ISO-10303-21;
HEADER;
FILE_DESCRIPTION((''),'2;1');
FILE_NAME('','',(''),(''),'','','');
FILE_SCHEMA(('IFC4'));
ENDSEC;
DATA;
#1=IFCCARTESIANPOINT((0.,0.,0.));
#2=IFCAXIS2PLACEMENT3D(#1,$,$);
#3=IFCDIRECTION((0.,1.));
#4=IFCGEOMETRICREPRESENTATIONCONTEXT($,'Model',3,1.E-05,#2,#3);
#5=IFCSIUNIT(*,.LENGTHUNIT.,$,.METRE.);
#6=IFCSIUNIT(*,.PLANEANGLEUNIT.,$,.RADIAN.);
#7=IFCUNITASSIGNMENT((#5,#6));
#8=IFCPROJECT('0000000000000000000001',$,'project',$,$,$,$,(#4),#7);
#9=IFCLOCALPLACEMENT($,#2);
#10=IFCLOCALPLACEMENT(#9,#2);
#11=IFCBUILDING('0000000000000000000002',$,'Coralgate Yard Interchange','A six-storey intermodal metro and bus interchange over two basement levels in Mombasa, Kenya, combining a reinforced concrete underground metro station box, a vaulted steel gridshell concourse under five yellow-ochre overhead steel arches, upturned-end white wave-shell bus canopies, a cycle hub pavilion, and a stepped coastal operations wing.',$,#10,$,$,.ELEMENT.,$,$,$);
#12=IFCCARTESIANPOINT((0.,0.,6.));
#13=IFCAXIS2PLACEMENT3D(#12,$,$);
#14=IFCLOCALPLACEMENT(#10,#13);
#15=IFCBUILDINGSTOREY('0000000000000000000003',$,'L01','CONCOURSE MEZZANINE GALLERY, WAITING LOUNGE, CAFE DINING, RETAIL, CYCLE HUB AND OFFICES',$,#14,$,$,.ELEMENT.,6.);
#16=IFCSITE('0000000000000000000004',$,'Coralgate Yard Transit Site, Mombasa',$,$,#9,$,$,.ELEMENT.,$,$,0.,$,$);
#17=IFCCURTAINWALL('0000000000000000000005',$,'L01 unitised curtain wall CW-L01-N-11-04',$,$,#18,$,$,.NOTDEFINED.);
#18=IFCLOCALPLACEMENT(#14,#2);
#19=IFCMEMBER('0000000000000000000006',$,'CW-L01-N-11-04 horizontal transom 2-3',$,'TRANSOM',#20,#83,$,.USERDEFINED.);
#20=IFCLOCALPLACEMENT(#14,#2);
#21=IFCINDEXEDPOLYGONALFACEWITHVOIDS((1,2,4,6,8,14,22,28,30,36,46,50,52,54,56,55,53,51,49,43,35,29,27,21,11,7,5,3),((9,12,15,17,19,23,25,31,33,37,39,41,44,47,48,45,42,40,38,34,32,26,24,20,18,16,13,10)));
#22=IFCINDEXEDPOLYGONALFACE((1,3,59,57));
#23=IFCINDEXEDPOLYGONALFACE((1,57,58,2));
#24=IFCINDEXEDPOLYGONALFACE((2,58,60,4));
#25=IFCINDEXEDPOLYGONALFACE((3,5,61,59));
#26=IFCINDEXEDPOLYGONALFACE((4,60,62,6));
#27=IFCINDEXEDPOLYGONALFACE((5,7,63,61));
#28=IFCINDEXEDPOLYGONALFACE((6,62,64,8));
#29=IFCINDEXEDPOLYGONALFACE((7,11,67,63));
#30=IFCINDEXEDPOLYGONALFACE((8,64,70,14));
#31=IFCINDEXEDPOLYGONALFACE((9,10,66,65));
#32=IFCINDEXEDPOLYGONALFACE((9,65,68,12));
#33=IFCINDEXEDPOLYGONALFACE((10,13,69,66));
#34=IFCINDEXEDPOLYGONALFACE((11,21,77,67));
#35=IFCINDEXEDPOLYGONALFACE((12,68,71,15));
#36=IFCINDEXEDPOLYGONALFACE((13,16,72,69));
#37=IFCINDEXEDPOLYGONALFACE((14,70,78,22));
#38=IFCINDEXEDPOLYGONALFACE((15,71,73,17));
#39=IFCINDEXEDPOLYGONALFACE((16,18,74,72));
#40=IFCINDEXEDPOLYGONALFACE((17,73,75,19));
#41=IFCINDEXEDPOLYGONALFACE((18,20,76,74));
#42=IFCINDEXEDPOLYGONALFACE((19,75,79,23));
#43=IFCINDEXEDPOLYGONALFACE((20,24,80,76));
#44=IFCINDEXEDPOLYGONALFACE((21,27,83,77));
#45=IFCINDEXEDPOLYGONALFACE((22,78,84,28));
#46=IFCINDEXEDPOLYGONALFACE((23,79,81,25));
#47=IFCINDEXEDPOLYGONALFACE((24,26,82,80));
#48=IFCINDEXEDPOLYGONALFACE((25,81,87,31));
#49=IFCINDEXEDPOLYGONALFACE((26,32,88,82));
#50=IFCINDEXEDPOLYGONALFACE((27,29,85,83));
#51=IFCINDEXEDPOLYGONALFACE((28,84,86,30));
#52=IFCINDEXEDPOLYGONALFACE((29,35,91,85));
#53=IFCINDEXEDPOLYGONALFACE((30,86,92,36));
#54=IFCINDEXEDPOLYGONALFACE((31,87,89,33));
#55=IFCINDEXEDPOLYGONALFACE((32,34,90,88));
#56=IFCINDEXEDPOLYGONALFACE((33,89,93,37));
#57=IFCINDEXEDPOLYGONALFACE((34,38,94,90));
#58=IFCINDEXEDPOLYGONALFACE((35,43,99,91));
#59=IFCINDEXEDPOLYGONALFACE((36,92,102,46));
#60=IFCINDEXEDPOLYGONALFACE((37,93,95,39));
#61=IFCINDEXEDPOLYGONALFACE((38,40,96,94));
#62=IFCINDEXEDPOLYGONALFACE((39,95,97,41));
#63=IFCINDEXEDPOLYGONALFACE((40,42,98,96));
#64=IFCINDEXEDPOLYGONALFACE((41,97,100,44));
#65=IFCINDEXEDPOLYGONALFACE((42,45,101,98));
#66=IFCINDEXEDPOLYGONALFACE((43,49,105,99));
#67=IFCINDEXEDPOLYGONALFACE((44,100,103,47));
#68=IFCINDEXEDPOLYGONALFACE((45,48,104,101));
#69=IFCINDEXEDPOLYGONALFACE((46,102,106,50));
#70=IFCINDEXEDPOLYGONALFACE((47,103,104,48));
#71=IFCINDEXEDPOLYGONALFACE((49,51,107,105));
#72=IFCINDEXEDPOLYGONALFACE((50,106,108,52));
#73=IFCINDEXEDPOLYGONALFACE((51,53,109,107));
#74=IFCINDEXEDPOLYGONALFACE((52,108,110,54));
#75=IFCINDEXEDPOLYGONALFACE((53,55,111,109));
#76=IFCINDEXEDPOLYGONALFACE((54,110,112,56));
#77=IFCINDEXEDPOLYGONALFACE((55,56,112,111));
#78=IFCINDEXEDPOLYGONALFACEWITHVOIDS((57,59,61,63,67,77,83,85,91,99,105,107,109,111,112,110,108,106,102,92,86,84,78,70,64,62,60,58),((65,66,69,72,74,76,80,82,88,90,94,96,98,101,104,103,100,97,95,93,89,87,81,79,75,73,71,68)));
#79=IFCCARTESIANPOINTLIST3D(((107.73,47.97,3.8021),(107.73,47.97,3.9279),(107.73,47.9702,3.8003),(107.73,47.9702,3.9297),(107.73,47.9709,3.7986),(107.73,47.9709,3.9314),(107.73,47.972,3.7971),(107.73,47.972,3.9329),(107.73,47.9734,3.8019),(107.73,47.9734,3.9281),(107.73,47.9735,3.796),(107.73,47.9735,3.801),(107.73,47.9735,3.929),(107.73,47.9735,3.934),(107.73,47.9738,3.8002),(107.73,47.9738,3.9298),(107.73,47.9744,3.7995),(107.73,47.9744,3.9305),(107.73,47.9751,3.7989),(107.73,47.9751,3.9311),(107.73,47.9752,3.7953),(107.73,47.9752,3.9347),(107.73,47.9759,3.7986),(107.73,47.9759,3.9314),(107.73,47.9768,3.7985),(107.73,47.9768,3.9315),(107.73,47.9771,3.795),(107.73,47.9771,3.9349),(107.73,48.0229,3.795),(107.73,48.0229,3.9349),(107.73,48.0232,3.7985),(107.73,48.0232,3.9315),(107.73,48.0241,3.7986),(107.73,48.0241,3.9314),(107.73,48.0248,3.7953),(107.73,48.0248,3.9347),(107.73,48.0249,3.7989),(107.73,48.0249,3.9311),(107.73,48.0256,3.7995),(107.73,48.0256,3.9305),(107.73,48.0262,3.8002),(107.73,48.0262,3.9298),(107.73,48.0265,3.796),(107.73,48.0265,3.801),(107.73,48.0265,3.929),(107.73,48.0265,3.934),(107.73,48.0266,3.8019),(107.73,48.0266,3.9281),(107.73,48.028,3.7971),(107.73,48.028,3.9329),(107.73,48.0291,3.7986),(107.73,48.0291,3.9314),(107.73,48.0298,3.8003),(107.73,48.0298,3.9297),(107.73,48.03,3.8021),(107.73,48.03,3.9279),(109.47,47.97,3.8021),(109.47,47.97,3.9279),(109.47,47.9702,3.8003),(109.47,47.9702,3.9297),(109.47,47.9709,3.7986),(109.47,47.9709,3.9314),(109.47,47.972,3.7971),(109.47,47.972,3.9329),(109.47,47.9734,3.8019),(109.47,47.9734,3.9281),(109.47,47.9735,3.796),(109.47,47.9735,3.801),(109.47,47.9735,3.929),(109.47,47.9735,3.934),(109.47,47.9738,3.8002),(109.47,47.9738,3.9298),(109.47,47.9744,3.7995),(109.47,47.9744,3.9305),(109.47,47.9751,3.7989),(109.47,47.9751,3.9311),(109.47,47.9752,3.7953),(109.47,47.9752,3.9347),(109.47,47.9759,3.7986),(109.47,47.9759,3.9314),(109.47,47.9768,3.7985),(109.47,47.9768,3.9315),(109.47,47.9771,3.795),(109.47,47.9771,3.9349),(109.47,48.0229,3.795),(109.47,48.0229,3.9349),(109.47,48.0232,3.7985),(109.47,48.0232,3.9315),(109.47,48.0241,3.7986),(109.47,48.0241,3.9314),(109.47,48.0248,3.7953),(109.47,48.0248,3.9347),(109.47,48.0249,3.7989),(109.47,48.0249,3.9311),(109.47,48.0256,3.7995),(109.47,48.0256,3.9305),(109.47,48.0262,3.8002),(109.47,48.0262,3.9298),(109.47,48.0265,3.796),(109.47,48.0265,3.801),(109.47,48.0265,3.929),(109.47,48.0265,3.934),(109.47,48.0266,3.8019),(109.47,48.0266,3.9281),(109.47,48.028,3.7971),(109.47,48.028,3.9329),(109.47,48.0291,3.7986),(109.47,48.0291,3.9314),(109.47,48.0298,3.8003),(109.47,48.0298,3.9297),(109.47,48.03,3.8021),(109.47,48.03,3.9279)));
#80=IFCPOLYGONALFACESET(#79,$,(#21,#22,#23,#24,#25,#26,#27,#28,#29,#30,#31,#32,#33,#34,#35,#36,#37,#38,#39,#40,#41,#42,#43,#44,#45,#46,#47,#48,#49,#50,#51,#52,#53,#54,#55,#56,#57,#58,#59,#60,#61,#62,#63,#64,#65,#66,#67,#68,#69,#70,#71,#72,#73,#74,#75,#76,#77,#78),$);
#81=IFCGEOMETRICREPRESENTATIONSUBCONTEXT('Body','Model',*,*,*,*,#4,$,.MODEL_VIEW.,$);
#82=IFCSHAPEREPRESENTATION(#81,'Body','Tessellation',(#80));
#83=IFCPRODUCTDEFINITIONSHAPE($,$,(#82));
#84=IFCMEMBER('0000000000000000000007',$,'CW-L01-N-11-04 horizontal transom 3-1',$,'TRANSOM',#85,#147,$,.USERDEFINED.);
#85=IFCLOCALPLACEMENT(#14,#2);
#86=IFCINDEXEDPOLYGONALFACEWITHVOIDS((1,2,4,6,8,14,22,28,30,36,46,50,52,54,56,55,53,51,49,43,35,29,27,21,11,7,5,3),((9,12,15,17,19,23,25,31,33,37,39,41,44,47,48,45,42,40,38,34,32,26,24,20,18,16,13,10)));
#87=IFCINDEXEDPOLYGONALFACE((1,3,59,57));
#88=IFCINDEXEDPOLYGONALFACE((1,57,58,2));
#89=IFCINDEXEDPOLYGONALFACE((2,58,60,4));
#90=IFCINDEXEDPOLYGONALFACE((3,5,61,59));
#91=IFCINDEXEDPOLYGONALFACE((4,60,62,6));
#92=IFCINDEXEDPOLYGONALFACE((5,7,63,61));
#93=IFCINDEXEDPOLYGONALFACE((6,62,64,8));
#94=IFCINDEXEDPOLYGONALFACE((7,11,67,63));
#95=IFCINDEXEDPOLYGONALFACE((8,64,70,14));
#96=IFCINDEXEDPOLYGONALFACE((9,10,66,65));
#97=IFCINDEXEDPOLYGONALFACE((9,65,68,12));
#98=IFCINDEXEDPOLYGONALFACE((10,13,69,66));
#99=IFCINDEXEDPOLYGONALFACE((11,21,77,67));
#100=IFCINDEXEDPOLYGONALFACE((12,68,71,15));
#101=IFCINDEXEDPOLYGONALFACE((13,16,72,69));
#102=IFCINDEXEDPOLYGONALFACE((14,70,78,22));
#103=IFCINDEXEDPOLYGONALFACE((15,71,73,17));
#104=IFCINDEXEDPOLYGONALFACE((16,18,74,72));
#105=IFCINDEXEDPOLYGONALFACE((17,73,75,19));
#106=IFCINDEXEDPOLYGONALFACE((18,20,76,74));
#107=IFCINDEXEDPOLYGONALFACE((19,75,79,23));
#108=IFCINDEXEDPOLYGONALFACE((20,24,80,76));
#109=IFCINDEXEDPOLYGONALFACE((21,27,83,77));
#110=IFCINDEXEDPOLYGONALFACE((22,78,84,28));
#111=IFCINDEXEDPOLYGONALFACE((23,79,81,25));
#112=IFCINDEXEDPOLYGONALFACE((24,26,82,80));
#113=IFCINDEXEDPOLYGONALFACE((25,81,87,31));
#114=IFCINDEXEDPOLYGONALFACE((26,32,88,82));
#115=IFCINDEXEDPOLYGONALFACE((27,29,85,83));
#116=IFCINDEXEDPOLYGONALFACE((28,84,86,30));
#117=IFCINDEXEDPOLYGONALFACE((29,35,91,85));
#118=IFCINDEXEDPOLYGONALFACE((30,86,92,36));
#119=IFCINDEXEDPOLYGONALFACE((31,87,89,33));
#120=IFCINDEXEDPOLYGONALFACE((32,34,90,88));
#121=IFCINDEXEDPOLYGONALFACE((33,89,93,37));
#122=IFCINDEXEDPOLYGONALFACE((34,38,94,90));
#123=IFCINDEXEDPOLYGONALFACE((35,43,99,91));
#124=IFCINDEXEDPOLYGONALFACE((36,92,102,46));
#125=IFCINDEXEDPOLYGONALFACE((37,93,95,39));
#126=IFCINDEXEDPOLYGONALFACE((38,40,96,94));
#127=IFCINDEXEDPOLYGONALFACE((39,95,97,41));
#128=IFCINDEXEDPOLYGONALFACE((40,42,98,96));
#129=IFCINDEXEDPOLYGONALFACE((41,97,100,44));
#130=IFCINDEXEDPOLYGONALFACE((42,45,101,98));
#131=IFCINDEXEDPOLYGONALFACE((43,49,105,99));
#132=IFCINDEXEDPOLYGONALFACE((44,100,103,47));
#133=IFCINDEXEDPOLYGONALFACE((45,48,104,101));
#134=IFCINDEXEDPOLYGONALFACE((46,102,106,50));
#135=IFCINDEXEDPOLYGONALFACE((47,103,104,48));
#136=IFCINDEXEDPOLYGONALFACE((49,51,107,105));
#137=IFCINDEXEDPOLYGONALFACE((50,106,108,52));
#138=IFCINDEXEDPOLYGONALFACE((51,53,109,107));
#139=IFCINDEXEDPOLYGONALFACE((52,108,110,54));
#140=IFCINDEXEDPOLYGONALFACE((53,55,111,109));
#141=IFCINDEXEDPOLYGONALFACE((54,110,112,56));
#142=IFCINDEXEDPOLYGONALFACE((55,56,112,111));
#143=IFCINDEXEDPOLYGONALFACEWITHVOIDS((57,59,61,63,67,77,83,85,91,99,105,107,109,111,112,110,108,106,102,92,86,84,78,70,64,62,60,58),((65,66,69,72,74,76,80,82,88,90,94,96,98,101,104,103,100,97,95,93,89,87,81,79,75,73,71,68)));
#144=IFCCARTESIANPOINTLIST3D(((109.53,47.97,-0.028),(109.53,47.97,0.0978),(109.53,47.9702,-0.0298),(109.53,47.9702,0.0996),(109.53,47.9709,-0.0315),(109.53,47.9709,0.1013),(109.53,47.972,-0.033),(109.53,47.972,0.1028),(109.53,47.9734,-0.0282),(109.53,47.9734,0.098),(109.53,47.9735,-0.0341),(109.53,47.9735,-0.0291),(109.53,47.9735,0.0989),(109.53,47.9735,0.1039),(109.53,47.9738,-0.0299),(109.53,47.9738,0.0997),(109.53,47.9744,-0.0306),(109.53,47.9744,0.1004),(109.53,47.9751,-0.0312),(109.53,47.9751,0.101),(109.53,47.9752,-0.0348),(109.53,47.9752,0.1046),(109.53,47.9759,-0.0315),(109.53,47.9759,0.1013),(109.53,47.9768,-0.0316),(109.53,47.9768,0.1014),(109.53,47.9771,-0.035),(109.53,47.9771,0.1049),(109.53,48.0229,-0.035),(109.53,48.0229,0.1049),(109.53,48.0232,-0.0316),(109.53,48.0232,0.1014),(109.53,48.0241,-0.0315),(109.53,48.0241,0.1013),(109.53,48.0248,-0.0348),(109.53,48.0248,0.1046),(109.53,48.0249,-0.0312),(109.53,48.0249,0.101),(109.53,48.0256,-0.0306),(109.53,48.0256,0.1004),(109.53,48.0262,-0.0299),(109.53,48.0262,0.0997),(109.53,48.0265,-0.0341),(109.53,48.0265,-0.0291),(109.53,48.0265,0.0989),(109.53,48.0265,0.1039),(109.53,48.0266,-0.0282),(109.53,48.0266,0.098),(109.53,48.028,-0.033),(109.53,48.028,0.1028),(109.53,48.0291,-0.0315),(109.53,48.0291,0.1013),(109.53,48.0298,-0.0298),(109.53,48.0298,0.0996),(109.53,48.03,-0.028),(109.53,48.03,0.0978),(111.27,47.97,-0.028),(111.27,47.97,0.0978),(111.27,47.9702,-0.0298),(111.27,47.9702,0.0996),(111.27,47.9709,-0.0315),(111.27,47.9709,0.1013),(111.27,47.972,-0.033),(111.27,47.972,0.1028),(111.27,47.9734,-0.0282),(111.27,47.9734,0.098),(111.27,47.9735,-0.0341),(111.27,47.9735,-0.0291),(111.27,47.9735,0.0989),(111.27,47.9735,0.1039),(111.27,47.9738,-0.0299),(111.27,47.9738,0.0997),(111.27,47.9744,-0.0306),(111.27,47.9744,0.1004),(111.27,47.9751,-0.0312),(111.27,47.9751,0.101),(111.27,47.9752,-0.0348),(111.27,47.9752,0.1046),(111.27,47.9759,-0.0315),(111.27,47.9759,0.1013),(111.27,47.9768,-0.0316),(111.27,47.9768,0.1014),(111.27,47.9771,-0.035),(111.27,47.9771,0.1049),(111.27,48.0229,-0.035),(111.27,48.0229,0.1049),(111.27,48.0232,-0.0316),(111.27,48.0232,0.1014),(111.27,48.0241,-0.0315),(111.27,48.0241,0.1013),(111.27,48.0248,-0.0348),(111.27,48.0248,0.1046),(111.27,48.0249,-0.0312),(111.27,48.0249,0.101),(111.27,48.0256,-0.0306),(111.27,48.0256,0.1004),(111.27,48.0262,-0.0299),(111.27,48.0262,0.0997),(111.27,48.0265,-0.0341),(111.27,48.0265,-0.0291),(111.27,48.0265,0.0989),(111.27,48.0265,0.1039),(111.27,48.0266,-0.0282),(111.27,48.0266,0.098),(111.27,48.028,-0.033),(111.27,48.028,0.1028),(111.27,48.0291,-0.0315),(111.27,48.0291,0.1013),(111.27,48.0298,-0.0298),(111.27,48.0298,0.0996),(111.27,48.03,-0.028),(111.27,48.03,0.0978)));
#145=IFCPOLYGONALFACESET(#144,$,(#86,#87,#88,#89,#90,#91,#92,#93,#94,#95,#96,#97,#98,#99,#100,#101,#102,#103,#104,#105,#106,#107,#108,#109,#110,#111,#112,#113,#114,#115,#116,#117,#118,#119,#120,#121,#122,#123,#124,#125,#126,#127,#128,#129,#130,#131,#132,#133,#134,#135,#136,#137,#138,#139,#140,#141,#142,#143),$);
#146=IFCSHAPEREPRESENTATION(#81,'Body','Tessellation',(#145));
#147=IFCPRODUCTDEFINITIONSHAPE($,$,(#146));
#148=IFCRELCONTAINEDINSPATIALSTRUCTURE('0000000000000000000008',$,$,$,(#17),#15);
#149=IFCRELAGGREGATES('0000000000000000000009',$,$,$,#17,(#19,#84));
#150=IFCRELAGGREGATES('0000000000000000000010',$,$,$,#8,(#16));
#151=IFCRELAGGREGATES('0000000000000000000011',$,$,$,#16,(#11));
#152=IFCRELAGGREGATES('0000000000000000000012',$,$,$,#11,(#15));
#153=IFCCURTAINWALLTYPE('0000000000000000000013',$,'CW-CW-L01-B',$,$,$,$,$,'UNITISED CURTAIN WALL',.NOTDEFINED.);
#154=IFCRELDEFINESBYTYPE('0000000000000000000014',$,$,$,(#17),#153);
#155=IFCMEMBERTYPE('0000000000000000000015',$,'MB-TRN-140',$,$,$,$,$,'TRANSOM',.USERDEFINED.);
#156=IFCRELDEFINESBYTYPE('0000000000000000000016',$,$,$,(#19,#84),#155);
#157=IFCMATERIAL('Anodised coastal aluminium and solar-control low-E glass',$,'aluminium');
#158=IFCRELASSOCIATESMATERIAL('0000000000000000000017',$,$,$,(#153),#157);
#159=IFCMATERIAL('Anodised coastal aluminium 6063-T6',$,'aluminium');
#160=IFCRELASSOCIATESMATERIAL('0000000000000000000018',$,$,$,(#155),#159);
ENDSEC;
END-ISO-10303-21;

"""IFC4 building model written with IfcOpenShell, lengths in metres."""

from ifc_helpers import new_model, si_unit, direction, frame, origin, origin_2d, place, context, subcontext, project, spatial, hollow_rectangle, extrude, material, material_profile, profile_set, type_object, element, aggregate, save


model = new_model("IFC4")

# Units and contexts
model_context = context("Model", 3, precision=1e-05, world=origin(), true_north=direction((0.0, 1.0)))
body_context = subcontext(model_context, "Body", "Model", "MODEL_VIEW")
ifc_project = project(units=[si_unit("LENGTHUNIT", "METRE"), si_unit("PLANEANGLEUNIT", "RADIAN")], contexts=[model_context])

# Site, building, storey
site_placement = place(None, origin())
site = spatial("IfcSite", under=ifc_project, at=site_placement, Name="Coralgate Yard Transit Site, Mombasa", CompositionType="ELEMENT", RefElevation=0.0)
building_placement = place(site_placement, origin())
building = spatial("IfcBuilding", under=site, at=building_placement, Name="Coralgate Yard Interchange", Description="A six-storey intermodal metro and bus interchange over two basement levels in Mombasa, Kenya, combining a reinforced concrete underground metro station box, a vaulted steel gridshell concourse under five yellow-ochre overhead steel arches, upturned-end white wave-shell bus canopies, a cycle hub pavilion, and a stepped coastal operations wing.", CompositionType="ELEMENT")
storey_placement = place(building_placement, frame((0.0, 0.0, 6.0)))
storey = spatial("IfcBuildingStorey", under=building, at=storey_placement, Name="L01", Description="CONCOURSE MEZZANINE GALLERY, WAITING LOUNGE, CAFE DINING, RETAIL, CYCLE HUB AND OFFICES", CompositionType="ELEMENT", Elevation=6.0)

# Curtain wall
ifc_material_1 = material(Name="Anodised coastal aluminium and solar-control low-E glass", Category="aluminium")
curtain_wall_type = type_object("IfcCurtainWallType", Name="CW-CW-L01-B", ElementType="UNITISED CURTAIN WALL", PredefinedType="NOTDEFINED", material=ifc_material_1)
ifc_material_2 = material(Name="Anodised coastal aluminium 6063-T6", Category="aluminium")
curtain_wall_1_placement = place(storey_placement, origin())
curtain_wall_1 = element("IfcCurtainWall", 1, at=curtain_wall_1_placement, inside=storey, type_object=curtain_wall_type, Name="L01 unitised curtain wall CW-L01-N-11-04", PredefinedType="NOTDEFINED")

# Members
ifc_material_profile_1 = material_profile(ifc_material_2, hollow_rectangle(XDim=0.0601, YDim=0.1399, WallThickness=0.0034, InnerFilletRadius=0.0034, OuterFilletRadius=0.0071, at=origin_2d()), Name="ALU 60x140x3.5")
ifc_profile_set_1 = profile_set([ifc_material_profile_1], Name="Anodised coastal aluminium 6063-T6")
member_type_1 = type_object("IfcMemberType", Name="MB-TRN-140", ElementType="TRANSOM", PredefinedType="USERDEFINED", material=ifc_profile_set_1)
member_1_placement = place(storey_placement, frame((107.73, 48.0, 3.865), z_axis=(1.0, 0.0, 0.0), x_axis=(0.0, 1.0, 0.0)))
member_1 = element("IfcMember", 2, at=member_1_placement, type_object=member_type_1, Name="CW-L01-N-11-04 horizontal transom 2-3", ObjectType="TRANSOM", PredefinedType="USERDEFINED", context=body_context, shape_type="SweptSolid", body=[
    extrude(hollow_rectangle(XDim=0.0601, YDim=0.1399, WallThickness=0.0034, InnerFilletRadius=0.0034, OuterFilletRadius=0.0071, at=origin_2d()), origin(), (0.0, 0.0, 1.0), 1.74),
])
member_2_placement = place(storey_placement, frame((109.53, 48.0, 0.0349), z_axis=(1.0, 0.0, 0.0), x_axis=(0.0, 1.0, 0.0)))
member_2 = element("IfcMember", 3, at=member_2_placement, type_object=member_type_1, Name="CW-L01-N-11-04 horizontal transom 3-1", ObjectType="TRANSOM", PredefinedType="USERDEFINED", context=body_context, shape_type="SweptSolid", body=[
    extrude(hollow_rectangle(XDim=0.0601, YDim=0.1399, WallThickness=0.0034, InnerFilletRadius=0.0034, OuterFilletRadius=0.0071, at=origin_2d()), origin(), (0.0, 0.0, 1.0), 1.74),
])

aggregate(curtain_wall_1, [member_1, member_2])

save(model, "model.ifc")
